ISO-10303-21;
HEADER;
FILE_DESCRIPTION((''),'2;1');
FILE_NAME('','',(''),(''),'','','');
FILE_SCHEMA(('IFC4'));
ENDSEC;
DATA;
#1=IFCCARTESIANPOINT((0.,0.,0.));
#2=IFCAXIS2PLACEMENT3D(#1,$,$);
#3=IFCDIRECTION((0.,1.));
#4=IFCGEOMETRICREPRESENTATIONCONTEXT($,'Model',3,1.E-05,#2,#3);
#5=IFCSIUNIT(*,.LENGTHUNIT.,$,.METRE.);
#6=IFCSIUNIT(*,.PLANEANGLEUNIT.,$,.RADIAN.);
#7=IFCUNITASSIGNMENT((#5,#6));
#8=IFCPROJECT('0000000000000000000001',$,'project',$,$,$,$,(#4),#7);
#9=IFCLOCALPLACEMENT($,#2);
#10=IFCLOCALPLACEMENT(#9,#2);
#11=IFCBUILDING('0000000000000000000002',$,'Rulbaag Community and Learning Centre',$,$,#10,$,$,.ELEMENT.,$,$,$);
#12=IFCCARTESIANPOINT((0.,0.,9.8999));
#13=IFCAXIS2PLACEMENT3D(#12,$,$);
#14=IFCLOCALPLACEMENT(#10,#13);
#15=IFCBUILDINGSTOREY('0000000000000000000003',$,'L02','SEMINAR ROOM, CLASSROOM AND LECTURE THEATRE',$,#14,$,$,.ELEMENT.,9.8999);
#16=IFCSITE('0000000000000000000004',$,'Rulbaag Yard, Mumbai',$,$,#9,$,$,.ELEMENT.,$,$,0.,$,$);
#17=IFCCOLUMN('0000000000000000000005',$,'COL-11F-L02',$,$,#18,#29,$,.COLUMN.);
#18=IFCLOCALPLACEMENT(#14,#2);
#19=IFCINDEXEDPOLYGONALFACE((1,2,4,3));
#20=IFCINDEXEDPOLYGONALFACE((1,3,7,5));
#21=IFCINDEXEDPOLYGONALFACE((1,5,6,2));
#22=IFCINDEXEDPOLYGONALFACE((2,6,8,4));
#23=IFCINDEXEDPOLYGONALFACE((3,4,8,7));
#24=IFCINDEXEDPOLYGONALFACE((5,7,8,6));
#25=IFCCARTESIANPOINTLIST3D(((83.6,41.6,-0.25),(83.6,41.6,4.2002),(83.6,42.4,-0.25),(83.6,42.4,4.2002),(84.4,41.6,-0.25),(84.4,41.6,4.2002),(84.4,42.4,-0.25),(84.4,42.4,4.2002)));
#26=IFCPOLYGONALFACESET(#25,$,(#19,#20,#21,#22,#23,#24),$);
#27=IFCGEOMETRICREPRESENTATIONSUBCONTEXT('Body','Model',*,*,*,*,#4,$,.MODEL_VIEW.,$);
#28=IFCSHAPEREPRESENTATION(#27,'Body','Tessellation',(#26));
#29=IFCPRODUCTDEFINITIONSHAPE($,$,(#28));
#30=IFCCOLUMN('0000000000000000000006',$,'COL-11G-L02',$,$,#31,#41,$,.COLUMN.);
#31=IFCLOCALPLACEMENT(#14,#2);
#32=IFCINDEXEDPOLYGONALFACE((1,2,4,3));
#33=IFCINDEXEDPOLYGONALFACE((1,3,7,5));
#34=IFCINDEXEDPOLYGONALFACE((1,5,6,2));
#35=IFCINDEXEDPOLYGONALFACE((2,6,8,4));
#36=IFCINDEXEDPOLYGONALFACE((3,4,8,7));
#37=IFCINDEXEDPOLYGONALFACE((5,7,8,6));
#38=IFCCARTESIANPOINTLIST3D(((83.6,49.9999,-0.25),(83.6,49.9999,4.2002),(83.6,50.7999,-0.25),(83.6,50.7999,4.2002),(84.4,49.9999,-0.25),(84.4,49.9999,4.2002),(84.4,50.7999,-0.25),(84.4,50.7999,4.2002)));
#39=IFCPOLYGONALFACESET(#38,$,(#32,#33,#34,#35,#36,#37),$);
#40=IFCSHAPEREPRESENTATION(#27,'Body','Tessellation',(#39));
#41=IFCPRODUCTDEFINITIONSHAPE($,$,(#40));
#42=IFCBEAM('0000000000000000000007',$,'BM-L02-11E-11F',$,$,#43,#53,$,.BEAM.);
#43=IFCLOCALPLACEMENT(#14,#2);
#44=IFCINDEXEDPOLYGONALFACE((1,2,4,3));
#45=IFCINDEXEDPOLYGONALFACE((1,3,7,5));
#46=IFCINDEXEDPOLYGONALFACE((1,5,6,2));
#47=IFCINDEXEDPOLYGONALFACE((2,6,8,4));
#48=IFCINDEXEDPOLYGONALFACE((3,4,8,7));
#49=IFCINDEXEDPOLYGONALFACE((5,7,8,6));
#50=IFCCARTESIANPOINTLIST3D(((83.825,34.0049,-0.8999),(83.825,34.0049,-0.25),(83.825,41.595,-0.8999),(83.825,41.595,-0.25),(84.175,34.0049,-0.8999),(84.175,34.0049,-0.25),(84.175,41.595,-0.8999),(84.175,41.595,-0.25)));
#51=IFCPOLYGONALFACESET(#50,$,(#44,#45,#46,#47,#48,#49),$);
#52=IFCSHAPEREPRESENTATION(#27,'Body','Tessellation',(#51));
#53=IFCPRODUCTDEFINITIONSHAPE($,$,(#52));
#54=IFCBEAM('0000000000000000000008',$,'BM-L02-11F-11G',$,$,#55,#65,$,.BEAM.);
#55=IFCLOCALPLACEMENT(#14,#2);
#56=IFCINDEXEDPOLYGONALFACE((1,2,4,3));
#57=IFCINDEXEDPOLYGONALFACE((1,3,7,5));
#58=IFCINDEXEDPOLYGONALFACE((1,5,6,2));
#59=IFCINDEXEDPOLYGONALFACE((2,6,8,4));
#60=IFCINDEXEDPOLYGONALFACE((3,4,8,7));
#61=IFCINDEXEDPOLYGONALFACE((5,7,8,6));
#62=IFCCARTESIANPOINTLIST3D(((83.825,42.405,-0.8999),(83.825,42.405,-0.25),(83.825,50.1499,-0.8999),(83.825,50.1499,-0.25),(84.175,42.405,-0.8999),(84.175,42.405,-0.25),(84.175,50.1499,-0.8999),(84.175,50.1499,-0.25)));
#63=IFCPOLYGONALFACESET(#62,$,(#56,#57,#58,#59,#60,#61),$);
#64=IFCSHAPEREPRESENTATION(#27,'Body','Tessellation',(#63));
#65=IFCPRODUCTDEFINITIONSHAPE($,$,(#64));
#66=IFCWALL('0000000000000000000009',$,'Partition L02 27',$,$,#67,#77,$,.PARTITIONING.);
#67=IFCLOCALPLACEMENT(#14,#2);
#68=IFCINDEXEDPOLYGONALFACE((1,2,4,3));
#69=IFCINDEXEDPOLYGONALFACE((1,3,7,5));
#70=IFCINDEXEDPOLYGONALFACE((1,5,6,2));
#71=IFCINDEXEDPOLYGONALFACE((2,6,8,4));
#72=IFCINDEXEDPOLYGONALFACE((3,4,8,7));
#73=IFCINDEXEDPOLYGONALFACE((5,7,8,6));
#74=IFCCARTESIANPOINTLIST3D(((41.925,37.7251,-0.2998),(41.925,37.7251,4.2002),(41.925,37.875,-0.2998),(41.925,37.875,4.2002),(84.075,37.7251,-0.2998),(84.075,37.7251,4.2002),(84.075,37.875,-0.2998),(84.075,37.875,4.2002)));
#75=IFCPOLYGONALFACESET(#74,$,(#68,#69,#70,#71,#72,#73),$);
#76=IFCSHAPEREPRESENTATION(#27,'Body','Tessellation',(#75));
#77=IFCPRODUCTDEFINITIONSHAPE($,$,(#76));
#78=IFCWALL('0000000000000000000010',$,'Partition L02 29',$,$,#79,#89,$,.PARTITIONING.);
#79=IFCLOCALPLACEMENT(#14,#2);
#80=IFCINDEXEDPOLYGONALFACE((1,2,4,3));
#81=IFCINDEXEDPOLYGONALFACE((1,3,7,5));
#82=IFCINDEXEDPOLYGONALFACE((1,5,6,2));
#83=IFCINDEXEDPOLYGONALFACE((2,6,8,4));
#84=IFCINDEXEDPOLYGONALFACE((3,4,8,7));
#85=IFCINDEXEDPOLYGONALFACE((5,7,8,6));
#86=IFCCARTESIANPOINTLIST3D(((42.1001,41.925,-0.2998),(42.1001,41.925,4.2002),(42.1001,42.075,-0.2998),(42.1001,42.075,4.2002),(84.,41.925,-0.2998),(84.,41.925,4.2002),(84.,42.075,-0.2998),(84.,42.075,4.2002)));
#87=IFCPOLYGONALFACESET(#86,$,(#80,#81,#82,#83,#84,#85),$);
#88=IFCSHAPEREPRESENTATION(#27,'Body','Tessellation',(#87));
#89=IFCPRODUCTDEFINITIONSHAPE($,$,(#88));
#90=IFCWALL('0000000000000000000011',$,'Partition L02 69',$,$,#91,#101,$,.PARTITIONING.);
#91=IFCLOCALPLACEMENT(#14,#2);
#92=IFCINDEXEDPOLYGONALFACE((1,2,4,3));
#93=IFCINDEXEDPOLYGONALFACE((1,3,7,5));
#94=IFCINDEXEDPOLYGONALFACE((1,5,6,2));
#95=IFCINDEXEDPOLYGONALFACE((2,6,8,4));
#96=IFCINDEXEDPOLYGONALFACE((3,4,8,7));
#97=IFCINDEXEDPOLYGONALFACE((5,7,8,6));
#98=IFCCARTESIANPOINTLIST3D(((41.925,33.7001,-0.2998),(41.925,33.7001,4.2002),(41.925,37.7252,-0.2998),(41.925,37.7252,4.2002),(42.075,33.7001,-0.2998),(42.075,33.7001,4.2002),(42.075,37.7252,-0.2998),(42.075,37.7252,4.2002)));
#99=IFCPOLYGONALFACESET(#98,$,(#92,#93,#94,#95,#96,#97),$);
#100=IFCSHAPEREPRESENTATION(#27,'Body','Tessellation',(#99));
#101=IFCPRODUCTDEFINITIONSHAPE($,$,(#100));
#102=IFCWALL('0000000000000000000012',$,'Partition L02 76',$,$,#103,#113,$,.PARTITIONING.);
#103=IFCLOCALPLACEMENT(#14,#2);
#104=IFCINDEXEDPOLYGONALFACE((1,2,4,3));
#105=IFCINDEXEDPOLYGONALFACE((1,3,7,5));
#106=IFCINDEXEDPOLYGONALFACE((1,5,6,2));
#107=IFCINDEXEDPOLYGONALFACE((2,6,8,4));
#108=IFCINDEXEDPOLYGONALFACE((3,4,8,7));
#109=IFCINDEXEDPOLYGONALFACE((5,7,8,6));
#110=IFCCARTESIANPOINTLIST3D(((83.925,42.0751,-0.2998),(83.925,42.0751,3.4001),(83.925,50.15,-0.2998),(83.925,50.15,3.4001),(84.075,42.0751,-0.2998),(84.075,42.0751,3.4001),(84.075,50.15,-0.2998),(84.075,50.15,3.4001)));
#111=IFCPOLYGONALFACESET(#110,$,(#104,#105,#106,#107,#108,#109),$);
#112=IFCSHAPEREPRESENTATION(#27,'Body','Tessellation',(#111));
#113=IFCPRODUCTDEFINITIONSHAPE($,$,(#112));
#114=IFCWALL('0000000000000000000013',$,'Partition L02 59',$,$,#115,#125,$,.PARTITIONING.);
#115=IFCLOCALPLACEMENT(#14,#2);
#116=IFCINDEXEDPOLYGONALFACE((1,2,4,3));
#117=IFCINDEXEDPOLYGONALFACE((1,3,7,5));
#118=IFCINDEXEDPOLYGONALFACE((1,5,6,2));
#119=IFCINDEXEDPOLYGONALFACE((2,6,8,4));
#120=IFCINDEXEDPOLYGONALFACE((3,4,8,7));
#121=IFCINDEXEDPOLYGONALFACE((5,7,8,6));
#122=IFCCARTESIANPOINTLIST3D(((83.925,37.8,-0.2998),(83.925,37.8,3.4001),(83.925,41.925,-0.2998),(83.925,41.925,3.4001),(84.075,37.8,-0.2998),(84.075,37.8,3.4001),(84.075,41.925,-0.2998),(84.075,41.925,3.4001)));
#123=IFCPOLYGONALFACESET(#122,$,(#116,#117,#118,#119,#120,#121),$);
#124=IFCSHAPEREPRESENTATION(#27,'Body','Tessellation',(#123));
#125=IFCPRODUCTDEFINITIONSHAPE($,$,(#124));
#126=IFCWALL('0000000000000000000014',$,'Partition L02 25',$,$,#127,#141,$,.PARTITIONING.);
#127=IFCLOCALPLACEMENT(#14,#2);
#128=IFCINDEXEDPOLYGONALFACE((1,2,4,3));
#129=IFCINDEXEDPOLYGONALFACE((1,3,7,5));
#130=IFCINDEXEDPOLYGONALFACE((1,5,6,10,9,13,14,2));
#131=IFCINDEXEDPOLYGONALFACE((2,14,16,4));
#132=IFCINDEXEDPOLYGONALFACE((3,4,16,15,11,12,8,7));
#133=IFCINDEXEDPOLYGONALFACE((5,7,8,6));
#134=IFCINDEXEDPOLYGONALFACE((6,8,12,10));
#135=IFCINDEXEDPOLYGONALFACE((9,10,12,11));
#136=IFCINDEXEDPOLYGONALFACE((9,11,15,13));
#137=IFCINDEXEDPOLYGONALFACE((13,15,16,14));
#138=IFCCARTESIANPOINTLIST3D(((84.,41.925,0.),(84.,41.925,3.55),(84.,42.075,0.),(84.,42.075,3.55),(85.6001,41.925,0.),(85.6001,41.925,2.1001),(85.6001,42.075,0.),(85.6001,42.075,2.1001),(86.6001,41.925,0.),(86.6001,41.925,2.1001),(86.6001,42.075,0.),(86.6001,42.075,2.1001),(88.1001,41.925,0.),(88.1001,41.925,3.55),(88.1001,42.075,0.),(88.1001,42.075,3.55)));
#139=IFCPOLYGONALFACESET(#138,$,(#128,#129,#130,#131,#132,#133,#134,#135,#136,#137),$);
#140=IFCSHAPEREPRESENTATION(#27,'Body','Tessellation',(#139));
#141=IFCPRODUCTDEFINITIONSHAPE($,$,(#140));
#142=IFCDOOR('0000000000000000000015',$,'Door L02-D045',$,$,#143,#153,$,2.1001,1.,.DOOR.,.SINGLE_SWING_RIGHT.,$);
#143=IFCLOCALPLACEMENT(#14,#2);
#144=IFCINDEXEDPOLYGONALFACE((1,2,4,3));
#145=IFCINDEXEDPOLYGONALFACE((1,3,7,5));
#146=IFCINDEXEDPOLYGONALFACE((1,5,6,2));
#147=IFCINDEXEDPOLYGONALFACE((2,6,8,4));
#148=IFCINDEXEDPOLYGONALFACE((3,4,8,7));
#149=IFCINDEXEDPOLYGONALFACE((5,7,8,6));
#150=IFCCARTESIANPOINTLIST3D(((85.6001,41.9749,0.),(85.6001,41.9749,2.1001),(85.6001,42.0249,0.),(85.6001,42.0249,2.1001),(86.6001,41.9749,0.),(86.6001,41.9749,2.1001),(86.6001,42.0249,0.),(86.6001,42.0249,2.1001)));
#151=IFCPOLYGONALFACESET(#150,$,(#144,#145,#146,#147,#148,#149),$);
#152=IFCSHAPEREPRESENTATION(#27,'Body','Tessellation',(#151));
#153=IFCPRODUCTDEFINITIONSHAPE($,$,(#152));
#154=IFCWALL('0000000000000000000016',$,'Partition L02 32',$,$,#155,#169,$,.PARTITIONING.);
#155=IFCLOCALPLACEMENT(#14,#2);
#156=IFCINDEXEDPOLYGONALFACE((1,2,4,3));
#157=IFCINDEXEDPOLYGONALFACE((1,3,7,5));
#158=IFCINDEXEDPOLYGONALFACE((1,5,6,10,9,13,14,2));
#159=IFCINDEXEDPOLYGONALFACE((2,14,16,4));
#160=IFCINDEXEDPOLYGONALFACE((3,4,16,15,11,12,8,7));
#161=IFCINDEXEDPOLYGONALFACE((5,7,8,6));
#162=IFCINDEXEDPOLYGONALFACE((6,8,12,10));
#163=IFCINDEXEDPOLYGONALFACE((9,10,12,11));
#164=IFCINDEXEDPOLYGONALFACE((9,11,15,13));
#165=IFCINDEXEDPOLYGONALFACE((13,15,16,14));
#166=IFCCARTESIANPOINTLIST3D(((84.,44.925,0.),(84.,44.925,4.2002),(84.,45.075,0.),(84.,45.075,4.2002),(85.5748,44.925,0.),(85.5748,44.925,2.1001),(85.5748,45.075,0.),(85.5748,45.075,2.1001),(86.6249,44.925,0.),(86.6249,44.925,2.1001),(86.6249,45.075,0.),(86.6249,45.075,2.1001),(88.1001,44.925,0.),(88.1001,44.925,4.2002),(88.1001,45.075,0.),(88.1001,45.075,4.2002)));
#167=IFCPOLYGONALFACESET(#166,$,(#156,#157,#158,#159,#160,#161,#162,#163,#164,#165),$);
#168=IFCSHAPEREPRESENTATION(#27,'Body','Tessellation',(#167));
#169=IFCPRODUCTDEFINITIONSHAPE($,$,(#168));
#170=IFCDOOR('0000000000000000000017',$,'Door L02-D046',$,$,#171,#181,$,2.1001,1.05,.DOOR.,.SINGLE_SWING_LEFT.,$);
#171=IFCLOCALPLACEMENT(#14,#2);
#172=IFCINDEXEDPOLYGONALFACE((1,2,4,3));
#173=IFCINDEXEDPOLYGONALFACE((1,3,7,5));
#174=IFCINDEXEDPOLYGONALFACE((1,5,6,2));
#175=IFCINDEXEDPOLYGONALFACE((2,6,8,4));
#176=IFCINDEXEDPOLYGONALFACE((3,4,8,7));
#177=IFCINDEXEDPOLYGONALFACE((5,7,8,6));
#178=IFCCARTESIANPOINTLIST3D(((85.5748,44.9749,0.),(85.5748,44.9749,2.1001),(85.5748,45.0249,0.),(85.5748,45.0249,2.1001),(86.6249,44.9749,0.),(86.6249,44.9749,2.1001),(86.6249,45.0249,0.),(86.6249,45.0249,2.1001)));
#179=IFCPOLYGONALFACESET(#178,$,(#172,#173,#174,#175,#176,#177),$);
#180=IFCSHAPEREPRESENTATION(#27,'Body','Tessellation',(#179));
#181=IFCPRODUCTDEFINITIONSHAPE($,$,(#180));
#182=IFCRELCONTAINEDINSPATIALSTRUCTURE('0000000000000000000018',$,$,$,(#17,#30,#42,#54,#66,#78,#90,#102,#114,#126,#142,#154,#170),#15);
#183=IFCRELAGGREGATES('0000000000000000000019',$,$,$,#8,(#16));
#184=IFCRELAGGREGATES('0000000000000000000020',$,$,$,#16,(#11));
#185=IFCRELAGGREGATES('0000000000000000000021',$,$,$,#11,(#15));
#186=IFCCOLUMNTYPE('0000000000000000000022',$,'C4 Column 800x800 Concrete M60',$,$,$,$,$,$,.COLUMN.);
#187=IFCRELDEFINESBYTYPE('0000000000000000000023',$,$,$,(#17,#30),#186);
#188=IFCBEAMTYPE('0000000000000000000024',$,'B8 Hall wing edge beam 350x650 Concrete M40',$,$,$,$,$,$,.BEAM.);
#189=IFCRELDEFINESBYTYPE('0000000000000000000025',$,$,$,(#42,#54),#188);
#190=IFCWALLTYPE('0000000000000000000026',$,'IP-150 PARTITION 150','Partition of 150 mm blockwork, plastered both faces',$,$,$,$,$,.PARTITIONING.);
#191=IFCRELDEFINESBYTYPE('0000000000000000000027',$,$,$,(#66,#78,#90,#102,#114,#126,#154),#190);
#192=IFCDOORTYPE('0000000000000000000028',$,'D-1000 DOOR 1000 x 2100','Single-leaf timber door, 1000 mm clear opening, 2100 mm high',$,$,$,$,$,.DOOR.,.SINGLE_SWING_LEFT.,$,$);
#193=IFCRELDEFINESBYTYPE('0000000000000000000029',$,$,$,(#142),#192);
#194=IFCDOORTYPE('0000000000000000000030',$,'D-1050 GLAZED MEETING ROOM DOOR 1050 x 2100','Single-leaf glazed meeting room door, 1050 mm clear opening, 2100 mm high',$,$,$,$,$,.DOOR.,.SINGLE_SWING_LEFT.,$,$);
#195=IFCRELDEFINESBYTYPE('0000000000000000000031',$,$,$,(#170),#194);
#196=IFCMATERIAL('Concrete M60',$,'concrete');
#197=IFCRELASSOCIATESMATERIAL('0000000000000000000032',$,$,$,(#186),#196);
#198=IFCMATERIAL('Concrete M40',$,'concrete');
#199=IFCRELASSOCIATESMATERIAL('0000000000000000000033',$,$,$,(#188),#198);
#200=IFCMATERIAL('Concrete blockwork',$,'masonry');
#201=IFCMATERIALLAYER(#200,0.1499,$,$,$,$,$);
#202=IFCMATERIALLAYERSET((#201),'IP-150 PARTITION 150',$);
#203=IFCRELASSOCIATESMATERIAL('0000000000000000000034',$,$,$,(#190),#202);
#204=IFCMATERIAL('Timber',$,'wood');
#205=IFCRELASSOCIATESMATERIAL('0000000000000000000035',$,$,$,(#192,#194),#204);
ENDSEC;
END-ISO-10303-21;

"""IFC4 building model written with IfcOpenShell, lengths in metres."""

from ifc_helpers import new_model, si_unit, direction, frame, frame_2d, origin, origin_2d, place, context, subcontext, project, spatial, rectangle, extrude, material, layer, layer_set, material_profile, profile_set, type_object, element, fill, save


model = new_model("IFC4")

# Units and contexts
model_context = context("Model", 3, precision=1e-05, world=origin(), true_north=direction((0.0, 1.0)))
body_context = subcontext(model_context, "Body", "Model", "MODEL_VIEW")
ifc_project = project(units=[si_unit("LENGTHUNIT", "METRE"), si_unit("PLANEANGLEUNIT", "RADIAN")], contexts=[model_context])

# Site, building, storey
site_placement = place(None, origin())
site = spatial("IfcSite", under=ifc_project, at=site_placement, Name="Rulbaag Yard, Mumbai", CompositionType="ELEMENT", RefElevation=0.0)
building_placement = place(site_placement, origin())
building = spatial("IfcBuilding", under=site, at=building_placement, Name="Rulbaag Community and Learning Centre", CompositionType="ELEMENT")
storey_placement = place(building_placement, frame((0.0, 0.0, 9.8999)))
storey = spatial("IfcBuildingStorey", under=building, at=storey_placement, Name="L02", Description="SEMINAR ROOM, CLASSROOM AND LECTURE THEATRE", CompositionType="ELEMENT", Elevation=9.8999)

# Columns
ifc_material_1 = material(Name="Concrete M60", Category="concrete")
ifc_material_profile_1 = material_profile(ifc_material_1, rectangle(XDim=0.8, YDim=0.8, at=origin_2d()), Name="RC800x800")
ifc_profile_set_1 = profile_set([ifc_material_profile_1], Name="Concrete M60")
column_type = type_object("IfcColumnType", Name="C4 Column 800x800 Concrete M60", PredefinedType="COLUMN", material=ifc_profile_set_1)
for number, where, z_axis, x_axis, name in (
    (1, (84.0, 42.0, -0.25), (0.0, 0.0, 1.0), (1.0, 0.0, 0.0), "COL-11F-L02"),
    (2, (84.0, 50.3999, -0.25), (0.0, 0.0, 1.0), (1.0, 0.0, 0.0), "COL-11G-L02"),
):
    element("IfcColumn", number, at=place(storey_placement, frame(where, z_axis=z_axis, x_axis=x_axis)), inside=storey, type_object=column_type, Name=name, PredefinedType="COLUMN", context=body_context, shape_type="SweptSolid", body=[
        extrude(rectangle(XDim=0.8, YDim=0.8, at=origin_2d()), origin(), (0.0, 0.0, 1.0), 4.4502),
    ])

# Beams
ifc_material_2 = material(Name="Concrete M40", Category="concrete")
ifc_material_profile_2 = material_profile(ifc_material_2, rectangle(XDim=0.3501, YDim=0.6499, at=origin_2d()), Name="RB350x650")
ifc_profile_set_2 = profile_set([ifc_material_profile_2], Name="Concrete M40")
beam_type = type_object("IfcBeamType", Name="B8 Hall wing edge beam 350x650 Concrete M40", PredefinedType="BEAM", material=ifc_profile_set_2)
beam_1_placement = place(storey_placement, frame((84.0, 34.0049, -0.575), z_axis=(0.0, 1.0, 0.0), x_axis=(-1.0, 0.0, 0.0)))
element("IfcBeam", 3, at=beam_1_placement, inside=storey, type_object=beam_type, Name="BM-L02-11E-11F", PredefinedType="BEAM", context=body_context, shape_type="SweptSolid", body=[
    extrude(rectangle(XDim=0.3501, YDim=0.6499, at=origin_2d()), origin(), (0.0, 0.0, 1.0), 7.5901),
])
beam_2_placement = place(storey_placement, frame((84.0, 42.405, -0.575), z_axis=(0.0, 1.0, 0.0), x_axis=(-1.0, 0.0, 0.0)))
element("IfcBeam", 4, at=beam_2_placement, inside=storey, type_object=beam_type, Name="BM-L02-11F-11G", PredefinedType="BEAM", context=body_context, shape_type="SweptSolid", body=[
    extrude(rectangle(XDim=0.3501, YDim=0.6499, at=origin_2d()), origin(), (0.0, 0.0, 1.0), 7.7449),
])

# Walls
ifc_material_3 = material(Name="Concrete blockwork", Category="masonry")
ifc_layer_1 = layer(ifc_material_3, 0.1499)
ifc_layer_set_1 = layer_set([ifc_layer_1], Name="IP-150 PARTITION 150")
wall_type_1 = type_object("IfcWallType", Name="IP-150 PARTITION 150", Description="Partition of 150 mm blockwork, plastered both faces", PredefinedType="PARTITIONING", material=ifc_layer_set_1)
wall_1_placement = place(storey_placement, frame((41.925, 37.8, -0.2998), z_axis=(0.0, 0.0, 1.0), x_axis=(1.0, 0.0, 0.0)))
element("IfcWall", 5, at=wall_1_placement, inside=storey, type_object=wall_type_1, Name="Partition L02 27", PredefinedType="PARTITIONING", context=body_context, shape_type="SweptSolid", body=[
    extrude(rectangle(XDim=42.1499, YDim=0.1499, at=frame_2d((21.075, 0.0))), origin(), (0.0, 0.0, 1.0), 4.5),
])
wall_2_placement = place(storey_placement, frame((42.1001, 42.0, -0.2998), z_axis=(0.0, 0.0, 1.0), x_axis=(1.0, 0.0, 0.0)))
element("IfcWall", 6, at=wall_2_placement, inside=storey, type_object=wall_type_1, Name="Partition L02 29", PredefinedType="PARTITIONING", context=body_context, shape_type="SweptSolid", body=[
    extrude(rectangle(XDim=41.8999, YDim=0.1499, at=frame_2d((20.95, 0.0))), origin(), (0.0, 0.0, 1.0), 4.5),
])
wall_3_placement = place(storey_placement, frame((42.0, 33.7, -0.2998), z_axis=(0.0, 0.0, 1.0), x_axis=(0.0, 1.0, 0.0)))
element("IfcWall", 7, at=wall_3_placement, inside=storey, type_object=wall_type_1, Name="Partition L02 69", PredefinedType="PARTITIONING", context=body_context, shape_type="SweptSolid", body=[
    extrude(rectangle(XDim=4.0251, YDim=0.1499, at=frame_2d((2.0127, 0.0))), origin(), (0.0, 0.0, 1.0), 4.5),
])
wall_4_placement = place(storey_placement, frame((84.0, 42.075, -0.2998), z_axis=(0.0, 0.0, 1.0), x_axis=(0.0, 1.0, 0.0)))
element("IfcWall", 8, at=wall_4_placement, inside=storey, type_object=wall_type_1, Name="Partition L02 76", PredefinedType="PARTITIONING", context=body_context, shape_type="SweptSolid", body=[
    extrude(rectangle(XDim=8.075, YDim=0.1499, at=frame_2d((4.0376, 0.0))), origin(), (0.0, 0.0, 1.0), 3.7),
])
wall_5_placement = place(storey_placement, frame((84.0, 37.8, -0.2998), z_axis=(0.0, 0.0, 1.0), x_axis=(0.0, 1.0, 0.0)))
element("IfcWall", 9, at=wall_5_placement, inside=storey, type_object=wall_type_1, Name="Partition L02 59", PredefinedType="PARTITIONING", context=body_context, shape_type="SweptSolid", body=[
    extrude(rectangle(XDim=4.125, YDim=0.1499, at=frame_2d((2.0625, 0.0))), origin(), (0.0, 0.0, 1.0), 3.7),
])

# Walls, openings, doors
wall_6_placement = place(storey_placement, frame((84.0, 42.0, 0.0), z_axis=(0.0, 0.0, 1.0), x_axis=(1.0, 0.0, 0.0)))
wall_6 = element("IfcWall", 10, at=wall_6_placement, inside=storey, type_object=wall_type_1, Name="Partition L02 25", PredefinedType="PARTITIONING", context=body_context, shape_type="SweptSolid", body=[
    extrude(rectangle(XDim=4.1001, YDim=0.1499, at=frame_2d((2.05, 0.0))), origin(), (0.0, 0.0, 1.0), 3.55),
])
opening_1_placement = place(wall_6_placement, frame((1.6001, 0.0, 0.0)))
opening_1 = element("IfcOpeningElement", 11, at=opening_1_placement, cuts=wall_6, PredefinedType="OPENING", context=body_context, shape_type="SweptSolid", body=[
    extrude(rectangle(XDim=1.0, YDim=2.1001, at=frame_2d((0.5, 1.05))), frame((0.0, 0.085, 0.0), z_axis=(0.0, -1.0, 0.0), x_axis=(1.0, 0.0, 0.0)), (0.0, 0.0, 1.0), 0.1699),
])
ifc_material_4 = material(Name="Timber", Category="wood")
door_type_1 = type_object("IfcDoorType", Name="D-1000 DOOR 1000 x 2100", Description="Single-leaf timber door, 1000 mm clear opening, 2100 mm high", OperationType="SINGLE_SWING_LEFT", PredefinedType="DOOR", material=ifc_material_4)
door_1_placement = place(opening_1_placement, origin())
door_1 = element("IfcDoor", 12, at=door_1_placement, inside=storey, type_object=door_type_1, Name="Door L02-D045", OperationType="SINGLE_SWING_RIGHT", OverallHeight=2.1001, OverallWidth=1.0, PredefinedType="DOOR", context=body_context, shape_type="SweptSolid", body=[
    extrude(rectangle(XDim=1.0, YDim=2.1001, at=frame_2d((0.5, 1.05))), frame((0.0, 0.0249, 0.0), z_axis=(0.0, -1.0, 0.0), x_axis=(1.0, 0.0, 0.0)), (0.0, 0.0, 1.0), 0.05),
])
fill(opening_1, door_1)
wall_7_placement = place(storey_placement, frame((84.0, 45.0, 0.0), z_axis=(0.0, 0.0, 1.0), x_axis=(1.0, 0.0, 0.0)))
wall_7 = element("IfcWall", 13, at=wall_7_placement, inside=storey, type_object=wall_type_1, Name="Partition L02 32", PredefinedType="PARTITIONING", context=body_context, shape_type="SweptSolid", body=[
    extrude(rectangle(XDim=4.1001, YDim=0.1499, at=frame_2d((2.05, 0.0))), origin(), (0.0, 0.0, 1.0), 4.2002),
])
opening_2_placement = place(wall_7_placement, frame((1.575, 0.0, 0.0)))
opening_2 = element("IfcOpeningElement", 14, at=opening_2_placement, cuts=wall_7, PredefinedType="OPENING", context=body_context, shape_type="SweptSolid", body=[
    extrude(rectangle(XDim=1.05, YDim=2.1001, at=frame_2d((0.5249, 1.05))), frame((0.0, 0.085, 0.0), z_axis=(0.0, -1.0, 0.0), x_axis=(1.0, 0.0, 0.0)), (0.0, 0.0, 1.0), 0.1699),
])
door_type_2 = type_object("IfcDoorType", Name="D-1050 GLAZED MEETING ROOM DOOR 1050 x 2100", Description="Single-leaf glazed meeting room door, 1050 mm clear opening, 2100 mm high", OperationType="SINGLE_SWING_LEFT", PredefinedType="DOOR", material=ifc_material_4)
door_2_placement = place(opening_2_placement, origin())
door_2 = element("IfcDoor", 15, at=door_2_placement, inside=storey, type_object=door_type_2, Name="Door L02-D046", OperationType="SINGLE_SWING_LEFT", OverallHeight=2.1001, OverallWidth=1.05, PredefinedType="DOOR", context=body_context, shape_type="SweptSolid", body=[
    extrude(rectangle(XDim=1.05, YDim=2.1001, at=frame_2d((0.5249, 1.05))), frame((0.0, 0.0249, 0.0), z_axis=(0.0, -1.0, 0.0), x_axis=(1.0, 0.0, 0.0)), (0.0, 0.0, 1.0), 0.05),
])
fill(opening_2, door_2)

save(model, "model.ifc")
